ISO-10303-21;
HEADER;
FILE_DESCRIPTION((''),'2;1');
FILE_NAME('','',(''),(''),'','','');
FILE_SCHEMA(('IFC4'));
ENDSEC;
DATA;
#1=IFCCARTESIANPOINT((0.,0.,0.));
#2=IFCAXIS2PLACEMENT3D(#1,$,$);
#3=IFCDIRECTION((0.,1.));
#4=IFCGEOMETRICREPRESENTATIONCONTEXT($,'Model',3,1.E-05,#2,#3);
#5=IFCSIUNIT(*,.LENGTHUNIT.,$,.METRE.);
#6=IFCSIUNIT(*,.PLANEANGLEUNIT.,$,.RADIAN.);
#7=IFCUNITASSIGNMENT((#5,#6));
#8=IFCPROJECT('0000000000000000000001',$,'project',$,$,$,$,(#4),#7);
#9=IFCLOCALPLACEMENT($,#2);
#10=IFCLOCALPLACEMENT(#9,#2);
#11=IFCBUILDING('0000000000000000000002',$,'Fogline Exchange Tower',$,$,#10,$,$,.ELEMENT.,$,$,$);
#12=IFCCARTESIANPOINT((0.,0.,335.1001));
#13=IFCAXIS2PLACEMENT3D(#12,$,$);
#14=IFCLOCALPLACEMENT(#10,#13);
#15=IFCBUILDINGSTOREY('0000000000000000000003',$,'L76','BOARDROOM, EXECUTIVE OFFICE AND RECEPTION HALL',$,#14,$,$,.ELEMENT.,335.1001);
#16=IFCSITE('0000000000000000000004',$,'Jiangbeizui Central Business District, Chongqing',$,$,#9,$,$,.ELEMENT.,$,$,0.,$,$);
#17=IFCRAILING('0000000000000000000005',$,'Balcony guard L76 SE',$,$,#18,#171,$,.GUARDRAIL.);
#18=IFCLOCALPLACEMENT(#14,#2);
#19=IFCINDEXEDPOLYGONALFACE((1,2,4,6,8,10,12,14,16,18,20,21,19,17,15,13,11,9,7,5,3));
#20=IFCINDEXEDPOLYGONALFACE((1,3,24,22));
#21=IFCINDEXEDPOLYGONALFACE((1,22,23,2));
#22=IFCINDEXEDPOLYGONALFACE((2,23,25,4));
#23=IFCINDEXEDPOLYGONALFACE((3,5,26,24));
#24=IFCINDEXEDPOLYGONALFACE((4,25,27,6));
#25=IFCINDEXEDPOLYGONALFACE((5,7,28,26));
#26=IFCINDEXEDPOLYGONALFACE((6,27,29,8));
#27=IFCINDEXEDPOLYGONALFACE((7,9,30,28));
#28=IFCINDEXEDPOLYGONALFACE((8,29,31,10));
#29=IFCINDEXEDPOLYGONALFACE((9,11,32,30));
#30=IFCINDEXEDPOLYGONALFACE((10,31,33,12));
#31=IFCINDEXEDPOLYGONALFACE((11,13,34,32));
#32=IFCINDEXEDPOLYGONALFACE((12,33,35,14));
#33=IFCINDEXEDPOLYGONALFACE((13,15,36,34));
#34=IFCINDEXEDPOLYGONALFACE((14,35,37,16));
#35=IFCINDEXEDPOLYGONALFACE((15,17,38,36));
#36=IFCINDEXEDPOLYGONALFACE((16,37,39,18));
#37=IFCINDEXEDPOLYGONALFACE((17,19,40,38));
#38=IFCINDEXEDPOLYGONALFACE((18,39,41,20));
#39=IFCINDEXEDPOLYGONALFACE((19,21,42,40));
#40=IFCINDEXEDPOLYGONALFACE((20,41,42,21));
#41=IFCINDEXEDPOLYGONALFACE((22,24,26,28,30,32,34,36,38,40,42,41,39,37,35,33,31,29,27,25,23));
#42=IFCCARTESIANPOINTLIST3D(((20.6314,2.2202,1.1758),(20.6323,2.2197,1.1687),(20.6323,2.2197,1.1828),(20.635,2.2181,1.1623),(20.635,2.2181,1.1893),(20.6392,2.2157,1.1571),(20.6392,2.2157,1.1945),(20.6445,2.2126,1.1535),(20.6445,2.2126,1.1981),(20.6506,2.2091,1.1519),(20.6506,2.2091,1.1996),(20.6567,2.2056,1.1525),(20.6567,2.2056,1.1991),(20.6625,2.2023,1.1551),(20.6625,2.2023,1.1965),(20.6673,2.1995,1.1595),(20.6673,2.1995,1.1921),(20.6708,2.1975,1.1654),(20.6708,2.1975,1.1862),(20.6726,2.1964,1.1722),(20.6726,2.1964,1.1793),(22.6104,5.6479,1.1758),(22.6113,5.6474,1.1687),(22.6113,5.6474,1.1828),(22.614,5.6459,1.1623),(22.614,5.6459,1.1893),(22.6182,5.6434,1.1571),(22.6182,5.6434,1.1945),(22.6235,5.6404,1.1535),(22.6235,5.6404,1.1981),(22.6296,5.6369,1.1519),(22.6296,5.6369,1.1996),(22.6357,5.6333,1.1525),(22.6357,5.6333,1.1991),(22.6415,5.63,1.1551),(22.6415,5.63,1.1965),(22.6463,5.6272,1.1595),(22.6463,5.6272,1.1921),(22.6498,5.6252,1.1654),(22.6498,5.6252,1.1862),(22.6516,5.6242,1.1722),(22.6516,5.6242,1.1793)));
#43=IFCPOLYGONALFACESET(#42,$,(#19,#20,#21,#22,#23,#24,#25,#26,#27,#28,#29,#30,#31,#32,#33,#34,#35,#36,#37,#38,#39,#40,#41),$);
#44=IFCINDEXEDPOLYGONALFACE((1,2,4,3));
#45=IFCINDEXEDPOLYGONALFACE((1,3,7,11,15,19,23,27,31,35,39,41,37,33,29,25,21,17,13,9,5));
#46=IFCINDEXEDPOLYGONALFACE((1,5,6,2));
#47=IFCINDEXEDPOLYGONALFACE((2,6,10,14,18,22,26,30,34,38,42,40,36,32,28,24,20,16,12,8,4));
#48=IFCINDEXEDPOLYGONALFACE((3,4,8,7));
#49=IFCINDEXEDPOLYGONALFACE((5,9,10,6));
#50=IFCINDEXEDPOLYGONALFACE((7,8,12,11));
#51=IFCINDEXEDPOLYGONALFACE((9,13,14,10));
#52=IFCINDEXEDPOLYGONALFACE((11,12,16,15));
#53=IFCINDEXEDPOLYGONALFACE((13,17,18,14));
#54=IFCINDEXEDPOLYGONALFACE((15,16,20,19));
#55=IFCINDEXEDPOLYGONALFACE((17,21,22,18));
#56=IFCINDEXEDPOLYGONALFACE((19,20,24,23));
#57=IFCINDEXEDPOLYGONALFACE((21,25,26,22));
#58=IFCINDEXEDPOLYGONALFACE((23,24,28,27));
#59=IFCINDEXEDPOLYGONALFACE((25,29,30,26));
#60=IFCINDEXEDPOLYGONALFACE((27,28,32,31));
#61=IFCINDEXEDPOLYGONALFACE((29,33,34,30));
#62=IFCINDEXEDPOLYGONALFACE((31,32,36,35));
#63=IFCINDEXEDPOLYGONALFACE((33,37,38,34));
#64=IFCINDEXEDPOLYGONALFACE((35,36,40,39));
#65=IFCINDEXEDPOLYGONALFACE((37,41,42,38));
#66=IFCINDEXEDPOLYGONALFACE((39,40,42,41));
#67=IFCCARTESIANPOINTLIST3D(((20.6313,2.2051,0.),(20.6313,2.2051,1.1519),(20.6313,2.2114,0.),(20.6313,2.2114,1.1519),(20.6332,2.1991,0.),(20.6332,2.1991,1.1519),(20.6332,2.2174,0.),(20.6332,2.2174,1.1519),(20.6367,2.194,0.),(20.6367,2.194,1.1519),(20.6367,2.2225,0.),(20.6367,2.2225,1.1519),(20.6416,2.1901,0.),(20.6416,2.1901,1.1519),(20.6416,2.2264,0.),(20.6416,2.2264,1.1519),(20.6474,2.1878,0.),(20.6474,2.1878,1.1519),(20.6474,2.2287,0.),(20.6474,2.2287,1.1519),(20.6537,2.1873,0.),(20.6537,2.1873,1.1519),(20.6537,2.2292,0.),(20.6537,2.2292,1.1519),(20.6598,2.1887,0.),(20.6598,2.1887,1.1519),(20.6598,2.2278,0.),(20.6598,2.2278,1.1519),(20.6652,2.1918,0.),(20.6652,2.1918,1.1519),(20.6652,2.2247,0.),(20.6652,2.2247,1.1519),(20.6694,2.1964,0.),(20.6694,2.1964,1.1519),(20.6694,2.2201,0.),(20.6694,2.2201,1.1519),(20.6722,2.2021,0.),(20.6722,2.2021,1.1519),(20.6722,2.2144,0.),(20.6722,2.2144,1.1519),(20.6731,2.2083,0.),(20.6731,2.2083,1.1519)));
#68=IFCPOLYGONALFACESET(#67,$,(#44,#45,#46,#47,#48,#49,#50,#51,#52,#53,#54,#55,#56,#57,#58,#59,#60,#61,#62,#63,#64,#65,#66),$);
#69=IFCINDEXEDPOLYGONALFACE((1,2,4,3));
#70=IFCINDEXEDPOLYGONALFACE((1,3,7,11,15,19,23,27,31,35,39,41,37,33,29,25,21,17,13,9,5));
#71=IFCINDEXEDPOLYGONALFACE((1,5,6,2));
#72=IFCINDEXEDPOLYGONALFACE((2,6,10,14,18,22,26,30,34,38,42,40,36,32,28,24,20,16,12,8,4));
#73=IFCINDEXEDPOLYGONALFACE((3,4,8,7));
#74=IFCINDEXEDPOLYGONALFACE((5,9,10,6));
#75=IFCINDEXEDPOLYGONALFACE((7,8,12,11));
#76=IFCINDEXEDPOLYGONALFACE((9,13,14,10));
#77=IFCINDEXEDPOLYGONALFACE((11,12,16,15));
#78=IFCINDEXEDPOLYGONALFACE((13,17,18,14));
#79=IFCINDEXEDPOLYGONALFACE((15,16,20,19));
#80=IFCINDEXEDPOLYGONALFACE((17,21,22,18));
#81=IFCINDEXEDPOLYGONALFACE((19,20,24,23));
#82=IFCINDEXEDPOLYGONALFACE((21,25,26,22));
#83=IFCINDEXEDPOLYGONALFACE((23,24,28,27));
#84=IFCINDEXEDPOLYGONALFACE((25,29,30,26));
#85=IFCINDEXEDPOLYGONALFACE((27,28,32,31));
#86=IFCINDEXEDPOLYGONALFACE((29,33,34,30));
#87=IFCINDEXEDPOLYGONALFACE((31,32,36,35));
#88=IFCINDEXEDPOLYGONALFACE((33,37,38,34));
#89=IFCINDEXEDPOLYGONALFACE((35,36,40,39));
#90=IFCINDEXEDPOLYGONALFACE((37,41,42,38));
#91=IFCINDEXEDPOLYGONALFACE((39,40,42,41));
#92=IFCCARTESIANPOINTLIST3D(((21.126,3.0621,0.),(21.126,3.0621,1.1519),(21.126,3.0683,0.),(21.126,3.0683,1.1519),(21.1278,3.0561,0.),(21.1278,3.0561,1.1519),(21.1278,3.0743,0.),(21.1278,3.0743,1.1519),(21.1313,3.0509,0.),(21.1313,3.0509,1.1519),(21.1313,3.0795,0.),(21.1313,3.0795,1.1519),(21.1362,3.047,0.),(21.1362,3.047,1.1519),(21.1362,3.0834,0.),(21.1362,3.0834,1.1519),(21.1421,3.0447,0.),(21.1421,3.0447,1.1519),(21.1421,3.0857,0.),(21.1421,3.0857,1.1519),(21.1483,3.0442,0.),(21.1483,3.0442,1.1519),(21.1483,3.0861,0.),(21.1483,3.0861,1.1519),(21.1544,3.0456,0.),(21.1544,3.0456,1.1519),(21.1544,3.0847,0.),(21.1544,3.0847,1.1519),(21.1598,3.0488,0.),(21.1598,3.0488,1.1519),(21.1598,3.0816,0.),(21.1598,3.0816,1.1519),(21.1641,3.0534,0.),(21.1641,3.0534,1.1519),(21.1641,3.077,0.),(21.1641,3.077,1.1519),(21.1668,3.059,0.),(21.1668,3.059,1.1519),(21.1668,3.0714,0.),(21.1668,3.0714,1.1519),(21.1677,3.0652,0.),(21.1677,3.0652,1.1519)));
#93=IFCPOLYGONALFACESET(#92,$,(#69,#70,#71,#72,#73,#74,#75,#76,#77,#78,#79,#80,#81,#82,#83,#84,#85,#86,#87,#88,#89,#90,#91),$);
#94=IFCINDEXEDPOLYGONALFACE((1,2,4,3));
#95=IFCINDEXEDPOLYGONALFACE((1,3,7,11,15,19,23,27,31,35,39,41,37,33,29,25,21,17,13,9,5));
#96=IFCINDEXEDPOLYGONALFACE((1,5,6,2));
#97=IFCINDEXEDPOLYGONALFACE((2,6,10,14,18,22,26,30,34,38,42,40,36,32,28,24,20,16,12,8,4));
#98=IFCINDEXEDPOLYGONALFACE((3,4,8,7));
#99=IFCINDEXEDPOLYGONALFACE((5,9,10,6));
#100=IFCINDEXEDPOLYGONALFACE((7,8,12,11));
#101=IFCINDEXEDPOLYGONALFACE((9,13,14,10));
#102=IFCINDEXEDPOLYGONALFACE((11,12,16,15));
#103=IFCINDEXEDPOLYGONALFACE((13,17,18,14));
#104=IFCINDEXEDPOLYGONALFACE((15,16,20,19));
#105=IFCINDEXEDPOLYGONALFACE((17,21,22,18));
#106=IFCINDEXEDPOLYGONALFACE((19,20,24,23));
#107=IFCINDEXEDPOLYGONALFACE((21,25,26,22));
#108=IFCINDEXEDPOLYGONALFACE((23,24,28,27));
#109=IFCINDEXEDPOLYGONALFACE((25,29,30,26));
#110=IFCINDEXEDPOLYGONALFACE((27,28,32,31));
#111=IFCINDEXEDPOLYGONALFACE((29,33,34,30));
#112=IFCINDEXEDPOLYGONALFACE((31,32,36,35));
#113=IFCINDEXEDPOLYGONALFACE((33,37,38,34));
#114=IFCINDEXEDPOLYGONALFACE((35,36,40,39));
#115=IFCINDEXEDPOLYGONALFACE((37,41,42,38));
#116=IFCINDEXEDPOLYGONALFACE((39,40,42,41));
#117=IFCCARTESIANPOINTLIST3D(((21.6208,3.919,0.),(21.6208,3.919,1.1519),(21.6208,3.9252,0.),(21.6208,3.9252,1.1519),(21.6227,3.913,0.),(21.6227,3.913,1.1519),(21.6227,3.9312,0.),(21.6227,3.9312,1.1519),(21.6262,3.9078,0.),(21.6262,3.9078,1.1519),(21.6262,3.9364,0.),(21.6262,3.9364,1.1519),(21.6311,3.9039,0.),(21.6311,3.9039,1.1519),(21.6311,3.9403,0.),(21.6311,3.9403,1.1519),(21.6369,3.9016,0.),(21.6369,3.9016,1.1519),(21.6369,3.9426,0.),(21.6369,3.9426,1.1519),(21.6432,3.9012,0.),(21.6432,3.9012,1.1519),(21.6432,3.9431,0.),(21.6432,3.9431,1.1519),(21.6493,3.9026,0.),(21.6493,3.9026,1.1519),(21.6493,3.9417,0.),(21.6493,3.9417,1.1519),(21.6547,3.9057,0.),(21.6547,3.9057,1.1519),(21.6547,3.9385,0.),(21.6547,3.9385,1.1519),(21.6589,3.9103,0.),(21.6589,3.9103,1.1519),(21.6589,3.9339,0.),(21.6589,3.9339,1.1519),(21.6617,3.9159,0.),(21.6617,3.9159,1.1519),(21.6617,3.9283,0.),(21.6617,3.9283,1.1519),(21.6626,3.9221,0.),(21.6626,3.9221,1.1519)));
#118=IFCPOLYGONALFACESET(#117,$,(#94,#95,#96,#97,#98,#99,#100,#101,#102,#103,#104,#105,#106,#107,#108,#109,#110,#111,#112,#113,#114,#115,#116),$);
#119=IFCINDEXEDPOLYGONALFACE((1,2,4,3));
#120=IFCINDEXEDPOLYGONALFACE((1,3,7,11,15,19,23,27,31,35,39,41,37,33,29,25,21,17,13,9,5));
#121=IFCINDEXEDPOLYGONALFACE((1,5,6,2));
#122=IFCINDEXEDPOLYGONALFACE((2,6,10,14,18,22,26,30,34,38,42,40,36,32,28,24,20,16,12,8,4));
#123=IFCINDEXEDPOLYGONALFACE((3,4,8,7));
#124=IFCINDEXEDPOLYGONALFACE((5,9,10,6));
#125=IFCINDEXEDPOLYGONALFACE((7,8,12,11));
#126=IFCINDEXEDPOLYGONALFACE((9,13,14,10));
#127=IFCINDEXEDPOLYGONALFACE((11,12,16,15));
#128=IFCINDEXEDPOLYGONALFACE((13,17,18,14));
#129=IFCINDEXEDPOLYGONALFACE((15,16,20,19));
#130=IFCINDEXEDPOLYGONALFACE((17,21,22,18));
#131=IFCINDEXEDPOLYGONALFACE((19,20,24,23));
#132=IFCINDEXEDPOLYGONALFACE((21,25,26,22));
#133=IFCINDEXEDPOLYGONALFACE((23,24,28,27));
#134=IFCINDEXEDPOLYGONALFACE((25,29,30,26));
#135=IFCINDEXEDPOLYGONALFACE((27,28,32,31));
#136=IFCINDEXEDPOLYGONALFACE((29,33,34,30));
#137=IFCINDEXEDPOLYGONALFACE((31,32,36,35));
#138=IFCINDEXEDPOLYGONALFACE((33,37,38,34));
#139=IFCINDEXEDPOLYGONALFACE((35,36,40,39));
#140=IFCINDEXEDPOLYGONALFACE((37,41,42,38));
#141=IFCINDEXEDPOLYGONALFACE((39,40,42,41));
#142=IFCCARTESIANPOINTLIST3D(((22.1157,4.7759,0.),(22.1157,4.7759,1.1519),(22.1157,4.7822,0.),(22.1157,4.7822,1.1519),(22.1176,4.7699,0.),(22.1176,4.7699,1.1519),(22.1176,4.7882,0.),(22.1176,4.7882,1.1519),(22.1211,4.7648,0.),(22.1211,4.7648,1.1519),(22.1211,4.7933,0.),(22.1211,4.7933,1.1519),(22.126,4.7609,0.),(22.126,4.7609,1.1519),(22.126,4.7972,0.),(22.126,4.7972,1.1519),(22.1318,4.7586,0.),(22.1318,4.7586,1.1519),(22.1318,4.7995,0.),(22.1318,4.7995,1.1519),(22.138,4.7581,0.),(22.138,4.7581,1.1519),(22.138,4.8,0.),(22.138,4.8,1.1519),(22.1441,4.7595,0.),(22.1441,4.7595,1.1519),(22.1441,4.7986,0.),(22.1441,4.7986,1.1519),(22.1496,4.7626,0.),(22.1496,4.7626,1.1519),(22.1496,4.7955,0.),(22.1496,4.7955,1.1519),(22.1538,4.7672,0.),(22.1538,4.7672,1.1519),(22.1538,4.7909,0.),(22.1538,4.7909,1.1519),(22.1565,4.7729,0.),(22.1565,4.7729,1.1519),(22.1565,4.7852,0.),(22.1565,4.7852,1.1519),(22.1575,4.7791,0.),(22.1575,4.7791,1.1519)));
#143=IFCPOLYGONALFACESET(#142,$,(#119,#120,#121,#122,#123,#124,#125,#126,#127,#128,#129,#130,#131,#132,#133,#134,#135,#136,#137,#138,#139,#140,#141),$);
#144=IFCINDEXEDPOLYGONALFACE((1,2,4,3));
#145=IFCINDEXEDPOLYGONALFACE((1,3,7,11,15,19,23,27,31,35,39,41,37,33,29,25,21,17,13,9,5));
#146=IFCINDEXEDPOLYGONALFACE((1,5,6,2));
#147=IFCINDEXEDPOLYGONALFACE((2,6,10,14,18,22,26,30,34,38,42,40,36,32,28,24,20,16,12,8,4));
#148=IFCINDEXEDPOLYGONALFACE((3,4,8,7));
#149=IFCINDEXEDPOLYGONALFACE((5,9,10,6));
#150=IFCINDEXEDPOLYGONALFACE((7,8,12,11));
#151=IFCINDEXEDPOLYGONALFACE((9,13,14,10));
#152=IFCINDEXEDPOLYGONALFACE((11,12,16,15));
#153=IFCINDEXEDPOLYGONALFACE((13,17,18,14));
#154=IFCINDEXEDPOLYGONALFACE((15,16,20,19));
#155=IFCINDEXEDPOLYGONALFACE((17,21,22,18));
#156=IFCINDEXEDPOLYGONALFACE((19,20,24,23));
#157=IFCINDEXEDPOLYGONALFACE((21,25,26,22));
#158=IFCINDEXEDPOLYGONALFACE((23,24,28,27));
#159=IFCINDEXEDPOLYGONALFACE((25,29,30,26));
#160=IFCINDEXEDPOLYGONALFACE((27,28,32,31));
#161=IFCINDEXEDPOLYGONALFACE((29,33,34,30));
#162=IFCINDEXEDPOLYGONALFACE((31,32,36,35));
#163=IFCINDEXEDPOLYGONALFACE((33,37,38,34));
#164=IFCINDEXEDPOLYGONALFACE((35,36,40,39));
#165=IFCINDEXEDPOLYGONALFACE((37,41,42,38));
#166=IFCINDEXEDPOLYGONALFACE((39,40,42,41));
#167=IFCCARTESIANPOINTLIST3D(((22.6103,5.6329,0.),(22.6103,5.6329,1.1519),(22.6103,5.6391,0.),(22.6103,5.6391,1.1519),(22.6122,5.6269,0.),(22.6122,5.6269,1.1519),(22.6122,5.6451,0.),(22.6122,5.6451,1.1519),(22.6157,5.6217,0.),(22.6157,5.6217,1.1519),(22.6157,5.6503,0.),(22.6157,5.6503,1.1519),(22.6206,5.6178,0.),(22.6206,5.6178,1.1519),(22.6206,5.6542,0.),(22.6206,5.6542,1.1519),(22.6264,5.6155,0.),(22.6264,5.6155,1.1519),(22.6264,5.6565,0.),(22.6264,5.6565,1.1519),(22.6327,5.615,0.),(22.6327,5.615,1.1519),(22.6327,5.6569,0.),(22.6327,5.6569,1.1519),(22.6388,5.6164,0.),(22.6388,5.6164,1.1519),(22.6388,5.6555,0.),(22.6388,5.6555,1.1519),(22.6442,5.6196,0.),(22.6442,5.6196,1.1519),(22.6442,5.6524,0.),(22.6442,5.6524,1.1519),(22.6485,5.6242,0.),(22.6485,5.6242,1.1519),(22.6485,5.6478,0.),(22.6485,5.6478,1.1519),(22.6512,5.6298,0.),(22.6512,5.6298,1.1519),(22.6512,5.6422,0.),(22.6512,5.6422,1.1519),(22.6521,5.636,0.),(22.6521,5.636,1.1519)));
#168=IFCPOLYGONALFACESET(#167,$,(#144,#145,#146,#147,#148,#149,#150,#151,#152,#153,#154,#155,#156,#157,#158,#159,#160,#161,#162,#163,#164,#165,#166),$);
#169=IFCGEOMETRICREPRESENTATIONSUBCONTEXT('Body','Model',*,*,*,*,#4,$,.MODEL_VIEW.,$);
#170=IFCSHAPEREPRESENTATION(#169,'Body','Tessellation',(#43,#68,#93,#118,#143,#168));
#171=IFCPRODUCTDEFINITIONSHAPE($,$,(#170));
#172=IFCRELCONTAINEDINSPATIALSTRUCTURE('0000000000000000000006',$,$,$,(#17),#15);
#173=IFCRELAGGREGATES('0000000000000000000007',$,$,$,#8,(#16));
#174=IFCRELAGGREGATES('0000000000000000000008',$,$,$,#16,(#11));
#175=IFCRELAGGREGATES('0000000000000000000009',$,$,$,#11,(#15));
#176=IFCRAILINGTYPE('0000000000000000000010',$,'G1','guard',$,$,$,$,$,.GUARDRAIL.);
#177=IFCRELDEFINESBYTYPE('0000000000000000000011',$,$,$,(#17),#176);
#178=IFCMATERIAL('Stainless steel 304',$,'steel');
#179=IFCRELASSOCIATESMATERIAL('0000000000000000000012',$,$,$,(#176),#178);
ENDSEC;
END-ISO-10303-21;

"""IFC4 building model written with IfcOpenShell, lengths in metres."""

from ifc_helpers import new_model, si_unit, direction, frame, origin, origin_2d, place, context, subcontext, project, spatial, circle, extrude, material, type_object, element, save


model = new_model("IFC4")

# Units and contexts
model_context = context("Model", 3, precision=1e-05, world=origin(), true_north=direction((0.0, 1.0)))
body_context = subcontext(model_context, "Body", "Model", "MODEL_VIEW")
ifc_project = project(units=[si_unit("LENGTHUNIT", "METRE"), si_unit("PLANEANGLEUNIT", "RADIAN")], contexts=[model_context])

# Site, building, storey
site_placement = place(None, origin())
site = spatial("IfcSite", under=ifc_project, at=site_placement, Name="Jiangbeizui Central Business District, Chongqing", CompositionType="ELEMENT", RefElevation=0.0)
building_placement = place(site_placement, origin())
building = spatial("IfcBuilding", under=site, at=building_placement, Name="Fogline Exchange Tower", CompositionType="ELEMENT")
storey_placement = place(building_placement, frame((0.0, 0.0, 335.1001)))
storey = spatial("IfcBuildingStorey", under=building, at=storey_placement, Name="L76", Description="BOARDROOM, EXECUTIVE OFFICE AND RECEPTION HALL", CompositionType="ELEMENT", Elevation=335.1001)

# Railing
ifc_material_1 = material(Name="Stainless steel 304", Category="steel")
railing_type = type_object("IfcRailingType", Name="G1", Description="guard", PredefinedType="GUARDRAIL", material=ifc_material_1)
railing_placement = place(storey_placement, frame((20.6521, 2.2083, 0.0)))
element("IfcRailing", 1, at=railing_placement, inside=storey, type_object=railing_type, Name="Balcony guard L76 SE", PredefinedType="GUARDRAIL", context=body_context, shape_type="SweptSolid", body=[
    extrude(circle(Radius=0.0239, at=origin_2d()), frame((0.0, 0.0, 1.1758), z_axis=(0.5, 0.866025, 0.0), x_axis=(-0.866025, 0.5, 0.0)), (0.0, 0.0, 1.0), 3.958),
    extrude(circle(Radius=0.021, at=origin_2d()), origin(), (0.0, 0.0, 1.0), 1.1519),
    extrude(circle(Radius=0.021, at=origin_2d()), frame((0.4946, 0.8569, 0.0)), (0.0, 0.0, 1.0), 1.1519),
    extrude(circle(Radius=0.021, at=origin_2d()), frame((0.9895, 1.7139, 0.0)), (0.0, 0.0, 1.0), 1.1519),
    extrude(circle(Radius=0.021, at=origin_2d()), frame((1.4844, 2.5708, 0.0)), (0.0, 0.0, 1.0), 1.1519),
    extrude(circle(Radius=0.021, at=origin_2d()), frame((1.979, 3.4277, 0.0)), (0.0, 0.0, 1.0), 1.1519),
])

save(model, "model.ifc")
